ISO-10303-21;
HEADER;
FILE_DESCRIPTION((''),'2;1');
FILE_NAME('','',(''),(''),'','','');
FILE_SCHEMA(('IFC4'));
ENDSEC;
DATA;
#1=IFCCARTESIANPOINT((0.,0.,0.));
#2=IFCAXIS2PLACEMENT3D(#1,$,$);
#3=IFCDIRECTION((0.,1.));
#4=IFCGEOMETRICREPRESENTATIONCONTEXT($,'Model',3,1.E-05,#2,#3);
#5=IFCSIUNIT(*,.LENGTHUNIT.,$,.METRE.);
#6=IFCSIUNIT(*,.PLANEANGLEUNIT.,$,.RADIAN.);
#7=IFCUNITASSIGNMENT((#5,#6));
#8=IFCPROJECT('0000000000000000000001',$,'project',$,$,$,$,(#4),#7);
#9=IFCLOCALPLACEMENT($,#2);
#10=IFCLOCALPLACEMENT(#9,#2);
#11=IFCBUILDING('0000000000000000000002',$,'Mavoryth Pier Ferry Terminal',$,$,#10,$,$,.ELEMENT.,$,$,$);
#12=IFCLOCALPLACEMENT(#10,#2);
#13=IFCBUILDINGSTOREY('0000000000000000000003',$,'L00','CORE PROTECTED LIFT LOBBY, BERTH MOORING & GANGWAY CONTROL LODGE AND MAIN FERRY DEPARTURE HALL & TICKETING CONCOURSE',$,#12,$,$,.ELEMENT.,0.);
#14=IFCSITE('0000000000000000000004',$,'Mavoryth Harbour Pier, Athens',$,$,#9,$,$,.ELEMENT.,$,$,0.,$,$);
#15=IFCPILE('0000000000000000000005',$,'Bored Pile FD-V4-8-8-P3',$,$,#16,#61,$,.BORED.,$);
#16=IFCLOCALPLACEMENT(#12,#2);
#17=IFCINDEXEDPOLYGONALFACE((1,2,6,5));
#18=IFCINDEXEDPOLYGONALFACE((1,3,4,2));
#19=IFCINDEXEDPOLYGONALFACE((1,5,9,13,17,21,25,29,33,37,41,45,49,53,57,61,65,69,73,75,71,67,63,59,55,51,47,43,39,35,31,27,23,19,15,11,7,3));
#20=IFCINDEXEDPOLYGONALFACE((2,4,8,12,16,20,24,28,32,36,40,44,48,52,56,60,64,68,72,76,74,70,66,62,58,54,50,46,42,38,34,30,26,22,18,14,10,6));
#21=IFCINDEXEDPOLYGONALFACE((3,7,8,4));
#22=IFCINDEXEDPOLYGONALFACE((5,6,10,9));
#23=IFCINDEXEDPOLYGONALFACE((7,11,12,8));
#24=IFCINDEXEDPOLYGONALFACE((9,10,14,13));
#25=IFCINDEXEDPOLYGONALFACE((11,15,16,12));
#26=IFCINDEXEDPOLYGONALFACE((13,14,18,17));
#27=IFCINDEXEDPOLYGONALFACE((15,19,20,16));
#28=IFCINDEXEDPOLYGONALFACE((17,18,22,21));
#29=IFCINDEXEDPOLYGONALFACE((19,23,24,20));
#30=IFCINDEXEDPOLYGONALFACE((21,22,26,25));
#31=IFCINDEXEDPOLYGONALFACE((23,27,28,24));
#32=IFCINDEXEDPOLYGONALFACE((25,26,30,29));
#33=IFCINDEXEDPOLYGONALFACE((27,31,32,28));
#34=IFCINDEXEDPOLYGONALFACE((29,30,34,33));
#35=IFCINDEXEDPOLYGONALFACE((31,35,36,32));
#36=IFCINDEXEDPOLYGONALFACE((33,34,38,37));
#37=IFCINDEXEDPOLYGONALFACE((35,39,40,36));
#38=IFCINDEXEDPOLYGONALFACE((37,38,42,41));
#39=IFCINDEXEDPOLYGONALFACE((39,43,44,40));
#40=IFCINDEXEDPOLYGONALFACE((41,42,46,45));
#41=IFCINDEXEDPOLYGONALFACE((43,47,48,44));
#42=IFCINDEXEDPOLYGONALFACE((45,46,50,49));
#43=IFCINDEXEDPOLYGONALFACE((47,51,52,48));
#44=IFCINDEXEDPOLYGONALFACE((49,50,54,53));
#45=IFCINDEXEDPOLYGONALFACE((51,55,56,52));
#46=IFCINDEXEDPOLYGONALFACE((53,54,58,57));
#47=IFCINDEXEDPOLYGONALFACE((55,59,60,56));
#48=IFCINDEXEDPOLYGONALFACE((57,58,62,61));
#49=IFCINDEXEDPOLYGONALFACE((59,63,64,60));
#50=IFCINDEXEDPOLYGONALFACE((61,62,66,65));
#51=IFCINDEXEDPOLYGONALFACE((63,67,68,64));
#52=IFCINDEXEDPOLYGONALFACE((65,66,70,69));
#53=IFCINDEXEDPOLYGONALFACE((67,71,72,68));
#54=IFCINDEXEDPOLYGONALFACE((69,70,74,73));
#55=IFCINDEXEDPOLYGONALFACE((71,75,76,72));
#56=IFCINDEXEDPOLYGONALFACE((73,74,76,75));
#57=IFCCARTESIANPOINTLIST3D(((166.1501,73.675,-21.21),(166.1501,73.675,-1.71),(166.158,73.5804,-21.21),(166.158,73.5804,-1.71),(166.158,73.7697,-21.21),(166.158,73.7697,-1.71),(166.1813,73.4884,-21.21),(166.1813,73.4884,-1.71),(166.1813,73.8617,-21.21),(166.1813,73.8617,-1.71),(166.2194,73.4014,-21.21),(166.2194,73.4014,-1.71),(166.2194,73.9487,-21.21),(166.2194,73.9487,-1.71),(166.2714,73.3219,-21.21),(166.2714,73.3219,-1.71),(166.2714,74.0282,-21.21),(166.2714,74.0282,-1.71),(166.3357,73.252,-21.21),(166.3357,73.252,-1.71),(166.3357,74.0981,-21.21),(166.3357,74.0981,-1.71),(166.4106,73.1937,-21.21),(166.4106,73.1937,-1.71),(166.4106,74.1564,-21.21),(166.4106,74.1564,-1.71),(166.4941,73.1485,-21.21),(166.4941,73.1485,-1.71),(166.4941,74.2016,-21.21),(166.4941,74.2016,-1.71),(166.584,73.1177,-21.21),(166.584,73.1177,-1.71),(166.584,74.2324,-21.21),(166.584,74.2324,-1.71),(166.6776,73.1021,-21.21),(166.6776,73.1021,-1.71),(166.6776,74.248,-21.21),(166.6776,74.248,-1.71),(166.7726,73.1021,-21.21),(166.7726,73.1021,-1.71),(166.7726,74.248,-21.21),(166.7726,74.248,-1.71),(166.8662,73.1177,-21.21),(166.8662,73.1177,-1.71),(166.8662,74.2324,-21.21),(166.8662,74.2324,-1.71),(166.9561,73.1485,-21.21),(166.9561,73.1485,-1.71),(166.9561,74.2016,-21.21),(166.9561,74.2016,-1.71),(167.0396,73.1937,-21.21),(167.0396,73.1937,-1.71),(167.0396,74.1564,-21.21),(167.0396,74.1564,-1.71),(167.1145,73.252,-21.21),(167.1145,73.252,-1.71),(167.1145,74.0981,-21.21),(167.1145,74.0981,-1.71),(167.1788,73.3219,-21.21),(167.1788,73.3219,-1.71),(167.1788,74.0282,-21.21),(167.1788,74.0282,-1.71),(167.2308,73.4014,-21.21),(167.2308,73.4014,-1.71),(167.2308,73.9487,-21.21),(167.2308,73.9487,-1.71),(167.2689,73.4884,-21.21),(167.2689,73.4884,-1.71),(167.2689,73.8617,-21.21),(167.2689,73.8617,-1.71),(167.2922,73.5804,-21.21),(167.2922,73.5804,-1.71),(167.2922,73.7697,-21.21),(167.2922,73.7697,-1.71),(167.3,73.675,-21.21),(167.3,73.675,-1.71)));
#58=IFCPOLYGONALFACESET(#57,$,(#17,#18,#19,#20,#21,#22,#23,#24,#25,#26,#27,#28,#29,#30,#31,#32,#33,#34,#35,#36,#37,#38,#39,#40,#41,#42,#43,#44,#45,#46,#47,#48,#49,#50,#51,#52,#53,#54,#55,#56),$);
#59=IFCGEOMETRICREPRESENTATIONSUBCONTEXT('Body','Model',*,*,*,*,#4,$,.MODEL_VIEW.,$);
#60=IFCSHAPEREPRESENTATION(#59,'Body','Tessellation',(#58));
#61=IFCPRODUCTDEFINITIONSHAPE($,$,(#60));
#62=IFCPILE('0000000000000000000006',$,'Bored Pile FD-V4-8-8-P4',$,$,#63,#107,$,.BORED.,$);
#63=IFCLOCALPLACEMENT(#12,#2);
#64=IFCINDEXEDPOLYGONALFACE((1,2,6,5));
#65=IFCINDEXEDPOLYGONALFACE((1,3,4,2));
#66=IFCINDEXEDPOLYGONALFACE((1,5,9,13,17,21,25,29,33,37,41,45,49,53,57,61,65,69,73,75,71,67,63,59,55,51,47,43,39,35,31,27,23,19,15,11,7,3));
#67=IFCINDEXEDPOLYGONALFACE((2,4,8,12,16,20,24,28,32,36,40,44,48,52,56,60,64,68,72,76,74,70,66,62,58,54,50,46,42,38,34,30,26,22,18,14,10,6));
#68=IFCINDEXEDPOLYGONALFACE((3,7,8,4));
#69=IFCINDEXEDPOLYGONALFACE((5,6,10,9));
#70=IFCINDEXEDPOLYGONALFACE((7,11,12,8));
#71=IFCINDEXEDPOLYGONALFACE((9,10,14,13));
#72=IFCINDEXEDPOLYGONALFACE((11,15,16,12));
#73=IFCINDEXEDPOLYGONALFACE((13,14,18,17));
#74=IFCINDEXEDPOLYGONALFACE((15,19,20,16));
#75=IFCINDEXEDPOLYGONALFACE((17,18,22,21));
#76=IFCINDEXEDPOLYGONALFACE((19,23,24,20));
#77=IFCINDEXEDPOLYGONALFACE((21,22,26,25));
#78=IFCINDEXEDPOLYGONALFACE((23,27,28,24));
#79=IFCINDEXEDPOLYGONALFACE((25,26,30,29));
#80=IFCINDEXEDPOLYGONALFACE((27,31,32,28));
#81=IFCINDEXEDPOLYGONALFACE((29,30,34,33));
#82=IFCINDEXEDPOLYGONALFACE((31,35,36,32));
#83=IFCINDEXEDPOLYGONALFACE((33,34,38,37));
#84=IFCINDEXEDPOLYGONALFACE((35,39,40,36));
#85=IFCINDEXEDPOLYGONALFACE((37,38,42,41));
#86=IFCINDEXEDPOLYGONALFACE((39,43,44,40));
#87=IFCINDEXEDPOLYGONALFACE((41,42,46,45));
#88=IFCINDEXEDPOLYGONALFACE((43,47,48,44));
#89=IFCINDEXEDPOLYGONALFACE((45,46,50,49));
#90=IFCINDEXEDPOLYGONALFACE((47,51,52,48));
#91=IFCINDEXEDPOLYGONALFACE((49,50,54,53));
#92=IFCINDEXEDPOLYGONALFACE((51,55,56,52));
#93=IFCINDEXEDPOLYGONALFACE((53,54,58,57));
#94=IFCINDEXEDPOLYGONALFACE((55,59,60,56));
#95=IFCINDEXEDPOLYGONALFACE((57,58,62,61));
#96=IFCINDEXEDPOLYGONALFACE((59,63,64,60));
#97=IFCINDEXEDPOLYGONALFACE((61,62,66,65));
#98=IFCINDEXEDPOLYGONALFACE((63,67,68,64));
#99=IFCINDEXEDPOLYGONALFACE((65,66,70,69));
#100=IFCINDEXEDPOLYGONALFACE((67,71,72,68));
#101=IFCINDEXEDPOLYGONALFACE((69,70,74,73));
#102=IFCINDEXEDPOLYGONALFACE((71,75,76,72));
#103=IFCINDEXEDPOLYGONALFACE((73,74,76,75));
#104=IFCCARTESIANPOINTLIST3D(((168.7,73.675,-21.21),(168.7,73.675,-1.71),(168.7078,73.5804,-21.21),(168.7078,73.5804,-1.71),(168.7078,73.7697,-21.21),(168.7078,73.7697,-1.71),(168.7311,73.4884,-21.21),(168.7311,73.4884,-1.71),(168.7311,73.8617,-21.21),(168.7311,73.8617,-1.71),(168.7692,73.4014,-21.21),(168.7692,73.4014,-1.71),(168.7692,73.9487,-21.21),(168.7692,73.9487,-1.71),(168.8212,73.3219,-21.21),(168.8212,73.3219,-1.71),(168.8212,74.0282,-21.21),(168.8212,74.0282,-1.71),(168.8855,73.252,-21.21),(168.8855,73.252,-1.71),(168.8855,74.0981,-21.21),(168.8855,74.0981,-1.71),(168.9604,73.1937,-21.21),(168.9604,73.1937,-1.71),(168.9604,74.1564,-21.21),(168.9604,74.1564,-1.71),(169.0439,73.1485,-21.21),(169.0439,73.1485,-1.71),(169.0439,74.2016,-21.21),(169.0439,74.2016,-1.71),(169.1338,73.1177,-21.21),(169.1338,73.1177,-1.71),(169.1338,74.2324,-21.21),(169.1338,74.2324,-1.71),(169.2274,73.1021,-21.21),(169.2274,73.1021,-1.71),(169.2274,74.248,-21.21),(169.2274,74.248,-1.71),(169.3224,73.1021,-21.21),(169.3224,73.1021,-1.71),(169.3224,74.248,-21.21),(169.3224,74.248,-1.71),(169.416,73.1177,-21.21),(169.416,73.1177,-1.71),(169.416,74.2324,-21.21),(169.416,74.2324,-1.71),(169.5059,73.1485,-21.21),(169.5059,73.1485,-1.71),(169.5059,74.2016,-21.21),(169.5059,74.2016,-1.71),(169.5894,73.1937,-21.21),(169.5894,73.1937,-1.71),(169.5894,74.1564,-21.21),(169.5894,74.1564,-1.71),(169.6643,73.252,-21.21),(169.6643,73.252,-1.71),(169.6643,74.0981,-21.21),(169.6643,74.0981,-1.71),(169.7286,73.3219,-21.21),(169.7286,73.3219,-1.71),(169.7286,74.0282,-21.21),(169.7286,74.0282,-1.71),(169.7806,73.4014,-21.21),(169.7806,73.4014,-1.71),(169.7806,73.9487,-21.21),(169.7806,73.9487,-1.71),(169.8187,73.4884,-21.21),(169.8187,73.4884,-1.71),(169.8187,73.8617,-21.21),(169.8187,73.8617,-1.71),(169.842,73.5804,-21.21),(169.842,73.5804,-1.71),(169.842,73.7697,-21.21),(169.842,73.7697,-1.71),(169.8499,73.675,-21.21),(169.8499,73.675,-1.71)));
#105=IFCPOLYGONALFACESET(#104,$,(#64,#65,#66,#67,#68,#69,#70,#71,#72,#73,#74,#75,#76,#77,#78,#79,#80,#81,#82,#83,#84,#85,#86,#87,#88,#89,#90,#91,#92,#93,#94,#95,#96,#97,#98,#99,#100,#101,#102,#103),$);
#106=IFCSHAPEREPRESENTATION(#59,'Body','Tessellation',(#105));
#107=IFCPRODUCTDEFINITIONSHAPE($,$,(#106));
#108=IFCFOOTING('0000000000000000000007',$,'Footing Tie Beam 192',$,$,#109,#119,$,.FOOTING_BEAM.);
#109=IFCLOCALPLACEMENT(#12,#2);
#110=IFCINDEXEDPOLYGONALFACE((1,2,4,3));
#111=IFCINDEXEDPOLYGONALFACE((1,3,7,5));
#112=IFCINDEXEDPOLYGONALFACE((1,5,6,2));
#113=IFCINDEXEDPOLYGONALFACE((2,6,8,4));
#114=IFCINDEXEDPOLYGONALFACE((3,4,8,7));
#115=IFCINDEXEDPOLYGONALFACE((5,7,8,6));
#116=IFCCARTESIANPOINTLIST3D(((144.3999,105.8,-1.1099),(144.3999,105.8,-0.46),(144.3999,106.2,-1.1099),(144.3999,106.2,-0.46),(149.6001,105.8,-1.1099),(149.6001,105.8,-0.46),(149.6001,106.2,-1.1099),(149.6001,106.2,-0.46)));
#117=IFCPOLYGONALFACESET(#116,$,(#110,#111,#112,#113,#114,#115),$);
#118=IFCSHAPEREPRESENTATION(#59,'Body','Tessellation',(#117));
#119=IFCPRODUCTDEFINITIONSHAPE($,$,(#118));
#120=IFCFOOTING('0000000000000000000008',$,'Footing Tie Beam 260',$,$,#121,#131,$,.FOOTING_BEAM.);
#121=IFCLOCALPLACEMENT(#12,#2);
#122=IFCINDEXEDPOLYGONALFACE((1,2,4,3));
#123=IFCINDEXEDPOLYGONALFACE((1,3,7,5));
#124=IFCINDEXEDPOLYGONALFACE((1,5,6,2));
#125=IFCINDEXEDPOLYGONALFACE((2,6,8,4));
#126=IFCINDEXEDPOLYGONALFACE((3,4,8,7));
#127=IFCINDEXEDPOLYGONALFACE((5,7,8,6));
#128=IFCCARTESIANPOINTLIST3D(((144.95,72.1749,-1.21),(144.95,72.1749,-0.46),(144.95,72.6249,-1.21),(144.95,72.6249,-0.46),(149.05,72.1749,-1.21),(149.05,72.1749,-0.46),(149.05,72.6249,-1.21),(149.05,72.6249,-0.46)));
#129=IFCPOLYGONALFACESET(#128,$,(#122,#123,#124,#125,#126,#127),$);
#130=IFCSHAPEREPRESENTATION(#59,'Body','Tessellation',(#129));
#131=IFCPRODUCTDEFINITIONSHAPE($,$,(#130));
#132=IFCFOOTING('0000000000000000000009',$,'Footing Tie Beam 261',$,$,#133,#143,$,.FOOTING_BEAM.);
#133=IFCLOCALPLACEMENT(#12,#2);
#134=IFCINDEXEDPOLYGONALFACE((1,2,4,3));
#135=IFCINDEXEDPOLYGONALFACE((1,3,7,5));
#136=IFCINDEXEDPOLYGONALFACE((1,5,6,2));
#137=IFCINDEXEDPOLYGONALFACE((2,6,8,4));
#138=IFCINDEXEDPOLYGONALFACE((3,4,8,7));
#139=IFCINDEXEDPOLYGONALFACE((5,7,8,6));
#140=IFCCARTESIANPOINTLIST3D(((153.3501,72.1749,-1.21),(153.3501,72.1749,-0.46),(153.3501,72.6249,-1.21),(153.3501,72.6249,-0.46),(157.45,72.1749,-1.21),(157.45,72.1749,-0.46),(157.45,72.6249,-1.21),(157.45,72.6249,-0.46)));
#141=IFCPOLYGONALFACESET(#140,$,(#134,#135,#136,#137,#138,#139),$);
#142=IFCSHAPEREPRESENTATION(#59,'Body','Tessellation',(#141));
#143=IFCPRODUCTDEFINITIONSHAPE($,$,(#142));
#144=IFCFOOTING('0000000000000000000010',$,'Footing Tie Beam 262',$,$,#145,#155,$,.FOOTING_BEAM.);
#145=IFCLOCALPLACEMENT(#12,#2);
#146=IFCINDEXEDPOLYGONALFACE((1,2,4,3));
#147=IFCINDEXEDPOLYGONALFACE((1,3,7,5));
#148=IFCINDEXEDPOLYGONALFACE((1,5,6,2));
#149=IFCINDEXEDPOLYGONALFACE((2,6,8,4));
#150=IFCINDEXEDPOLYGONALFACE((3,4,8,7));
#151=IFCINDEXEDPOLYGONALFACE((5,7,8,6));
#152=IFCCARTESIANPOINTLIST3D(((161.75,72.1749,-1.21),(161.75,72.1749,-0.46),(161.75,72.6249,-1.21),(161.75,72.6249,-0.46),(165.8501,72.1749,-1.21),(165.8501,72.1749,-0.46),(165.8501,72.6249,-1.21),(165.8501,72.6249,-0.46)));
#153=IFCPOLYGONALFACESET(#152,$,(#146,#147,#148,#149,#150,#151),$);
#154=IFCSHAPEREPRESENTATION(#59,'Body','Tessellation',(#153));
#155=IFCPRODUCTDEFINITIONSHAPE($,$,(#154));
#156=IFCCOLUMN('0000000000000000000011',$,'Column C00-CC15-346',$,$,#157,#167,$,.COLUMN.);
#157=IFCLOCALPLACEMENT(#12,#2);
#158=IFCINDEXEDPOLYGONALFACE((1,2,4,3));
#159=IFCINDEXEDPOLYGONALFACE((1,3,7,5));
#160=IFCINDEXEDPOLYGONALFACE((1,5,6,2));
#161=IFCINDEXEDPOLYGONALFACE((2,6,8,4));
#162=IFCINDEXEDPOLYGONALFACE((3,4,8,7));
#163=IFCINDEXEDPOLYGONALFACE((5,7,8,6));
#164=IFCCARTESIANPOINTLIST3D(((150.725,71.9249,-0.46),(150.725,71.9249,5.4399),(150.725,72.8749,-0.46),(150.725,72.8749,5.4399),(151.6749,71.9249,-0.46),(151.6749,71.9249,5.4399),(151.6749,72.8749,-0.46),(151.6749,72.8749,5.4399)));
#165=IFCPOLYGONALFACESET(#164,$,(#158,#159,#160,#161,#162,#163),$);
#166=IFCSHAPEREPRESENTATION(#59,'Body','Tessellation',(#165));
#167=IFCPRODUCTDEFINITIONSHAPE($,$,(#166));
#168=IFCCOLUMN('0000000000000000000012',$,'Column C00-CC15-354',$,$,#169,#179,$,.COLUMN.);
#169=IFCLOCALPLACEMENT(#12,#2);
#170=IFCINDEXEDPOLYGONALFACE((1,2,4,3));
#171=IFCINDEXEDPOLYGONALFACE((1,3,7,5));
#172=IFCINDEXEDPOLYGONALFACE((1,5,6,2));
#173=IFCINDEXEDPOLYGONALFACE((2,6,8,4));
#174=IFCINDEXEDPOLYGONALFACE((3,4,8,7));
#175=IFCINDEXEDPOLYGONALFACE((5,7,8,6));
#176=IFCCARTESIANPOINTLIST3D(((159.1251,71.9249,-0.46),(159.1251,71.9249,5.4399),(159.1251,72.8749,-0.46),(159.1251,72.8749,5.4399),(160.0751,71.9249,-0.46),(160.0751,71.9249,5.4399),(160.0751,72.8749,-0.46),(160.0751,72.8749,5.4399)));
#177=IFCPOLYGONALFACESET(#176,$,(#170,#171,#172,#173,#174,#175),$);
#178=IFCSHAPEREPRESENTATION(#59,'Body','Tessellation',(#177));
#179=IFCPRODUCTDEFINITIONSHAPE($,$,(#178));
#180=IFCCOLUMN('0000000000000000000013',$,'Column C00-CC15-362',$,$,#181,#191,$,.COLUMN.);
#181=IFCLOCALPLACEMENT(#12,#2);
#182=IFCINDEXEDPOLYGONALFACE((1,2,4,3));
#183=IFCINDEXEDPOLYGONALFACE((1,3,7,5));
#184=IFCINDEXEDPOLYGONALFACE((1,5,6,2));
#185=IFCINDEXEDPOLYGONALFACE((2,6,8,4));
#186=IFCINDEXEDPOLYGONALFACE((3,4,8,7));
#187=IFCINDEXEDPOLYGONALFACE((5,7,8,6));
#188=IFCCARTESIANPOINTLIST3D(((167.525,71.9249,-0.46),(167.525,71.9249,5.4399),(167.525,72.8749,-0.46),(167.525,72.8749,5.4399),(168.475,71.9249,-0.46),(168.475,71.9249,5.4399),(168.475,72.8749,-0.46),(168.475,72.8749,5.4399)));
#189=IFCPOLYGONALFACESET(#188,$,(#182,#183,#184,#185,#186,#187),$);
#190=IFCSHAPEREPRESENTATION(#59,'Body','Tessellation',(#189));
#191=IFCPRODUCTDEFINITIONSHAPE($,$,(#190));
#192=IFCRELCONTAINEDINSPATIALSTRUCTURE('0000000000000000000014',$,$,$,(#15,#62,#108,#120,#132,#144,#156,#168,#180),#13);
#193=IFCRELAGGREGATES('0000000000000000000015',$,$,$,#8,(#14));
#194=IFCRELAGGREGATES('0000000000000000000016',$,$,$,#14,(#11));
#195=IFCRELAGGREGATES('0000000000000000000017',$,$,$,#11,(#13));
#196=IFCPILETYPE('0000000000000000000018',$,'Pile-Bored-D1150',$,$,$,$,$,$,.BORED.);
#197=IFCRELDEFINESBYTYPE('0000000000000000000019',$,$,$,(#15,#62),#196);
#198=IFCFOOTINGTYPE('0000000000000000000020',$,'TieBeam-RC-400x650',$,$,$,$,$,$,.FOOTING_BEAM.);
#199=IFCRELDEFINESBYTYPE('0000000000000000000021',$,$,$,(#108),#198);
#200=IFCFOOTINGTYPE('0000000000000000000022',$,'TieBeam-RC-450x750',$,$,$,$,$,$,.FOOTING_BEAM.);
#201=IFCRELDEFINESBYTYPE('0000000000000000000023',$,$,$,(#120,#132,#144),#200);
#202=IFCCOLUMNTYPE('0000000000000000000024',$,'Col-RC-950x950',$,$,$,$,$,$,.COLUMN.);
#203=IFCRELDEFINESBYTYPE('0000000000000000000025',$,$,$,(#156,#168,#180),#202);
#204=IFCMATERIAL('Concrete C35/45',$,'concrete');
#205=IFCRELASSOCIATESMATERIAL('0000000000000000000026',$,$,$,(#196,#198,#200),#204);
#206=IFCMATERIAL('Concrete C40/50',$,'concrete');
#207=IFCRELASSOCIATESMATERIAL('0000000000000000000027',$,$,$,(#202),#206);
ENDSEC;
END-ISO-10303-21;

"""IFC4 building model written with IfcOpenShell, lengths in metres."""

from ifc_helpers import new_model, si_unit, direction, frame, origin, origin_2d, place, context, subcontext, project, spatial, rectangle, circle, extrude, material, material_profile, profile_set, type_object, element, save


model = new_model("IFC4")

# Units and contexts
model_context = context("Model", 3, precision=1e-05, world=origin(), true_north=direction((0.0, 1.0)))
body_context = subcontext(model_context, "Body", "Model", "MODEL_VIEW")
ifc_project = project(units=[si_unit("LENGTHUNIT", "METRE"), si_unit("PLANEANGLEUNIT", "RADIAN")], contexts=[model_context])

# Site, building, storey
site_placement = place(None, origin())
site = spatial("IfcSite", under=ifc_project, at=site_placement, Name="Mavoryth Harbour Pier, Athens", CompositionType="ELEMENT", RefElevation=0.0)
building_placement = place(site_placement, origin())
building = spatial("IfcBuilding", under=site, at=building_placement, Name="Mavoryth Pier Ferry Terminal", CompositionType="ELEMENT")
storey_placement = place(building_placement, origin())
storey = spatial("IfcBuildingStorey", under=building, at=storey_placement, Name="L00", Description="CORE PROTECTED LIFT LOBBY, BERTH MOORING & GANGWAY CONTROL LODGE AND MAIN FERRY DEPARTURE HALL & TICKETING CONCOURSE", CompositionType="ELEMENT", Elevation=0.0)

# Shared definitions
ifc_material_1 = material(Name="Concrete C35/45", Category="concrete")

# Piles
ifc_material_profile_1 = material_profile(ifc_material_1, circle(Radius=0.575, at=origin_2d()), Name="PILE D1150", Category="concrete")
ifc_profile_set_1 = profile_set([ifc_material_profile_1], Name="Concrete C35/45 - PILE D1150")
pile_type = type_object("IfcPileType", Name="Pile-Bored-D1150", PredefinedType="BORED", material=ifc_profile_set_1)
for number, where, z_axis, x_axis, name in (
    (1, (166.7251, 73.675, -1.71), (0.0, 0.0, -1.0), (1.0, 0.0, 0.0), "Bored Pile FD-V4-8-8-P3"),
    (2, (169.2749, 73.675, -1.71), (0.0, 0.0, -1.0), (1.0, 0.0, 0.0), "Bored Pile FD-V4-8-8-P4"),
):
    element("IfcPile", number, at=place(storey_placement, frame(where, z_axis=z_axis, x_axis=x_axis)), inside=storey, type_object=pile_type, Name=name, PredefinedType="BORED", context=body_context, shape_type="SweptSolid", body=[
        extrude(circle(Radius=0.575, at=origin_2d()), origin(), (0.0, 0.0, 1.0), 19.5),
    ])

# Footings
ifc_material_profile_2 = material_profile(ifc_material_1, rectangle(XDim=0.3999, YDim=0.6499, at=origin_2d()), Name="RC 400x650", Category="concrete")
ifc_profile_set_2 = profile_set([ifc_material_profile_2], Name="Concrete C35/45 - RC 400x650")
footing_type_1 = type_object("IfcFootingType", Name="TieBeam-RC-400x650", PredefinedType="FOOTING_BEAM", material=ifc_profile_set_2)
footing_1_placement = place(storey_placement, frame((144.3999, 106.0, -0.7849), z_axis=(1.0, 0.0, 0.0), x_axis=(0.0, 1.0, 0.0)))
element("IfcFooting", 3, at=footing_1_placement, inside=storey, type_object=footing_type_1, Name="Footing Tie Beam 192", PredefinedType="FOOTING_BEAM", context=body_context, shape_type="SweptSolid", body=[
    extrude(rectangle(XDim=0.3999, YDim=0.6499, at=origin_2d()), origin(), (0.0, 0.0, 1.0), 5.2002),
])
ifc_material_profile_3 = material_profile(ifc_material_1, rectangle(XDim=0.45, YDim=0.75, at=origin_2d()), Name="RC 450x750", Category="concrete")
ifc_profile_set_3 = profile_set([ifc_material_profile_3], Name="Concrete C35/45 - RC 450x750")
footing_type_2 = type_object("IfcFootingType", Name="TieBeam-RC-450x750", PredefinedType="FOOTING_BEAM", material=ifc_profile_set_3)
footing_2_placement = place(storey_placement, frame((144.95, 72.3999, -0.835), z_axis=(1.0, 0.0, 0.0), x_axis=(0.0, 1.0, 0.0)))
element("IfcFooting", 4, at=footing_2_placement, inside=storey, type_object=footing_type_2, Name="Footing Tie Beam 260", PredefinedType="FOOTING_BEAM", context=body_context, shape_type="SweptSolid", body=[
    extrude(rectangle(XDim=0.45, YDim=0.75, at=origin_2d()), origin(), (0.0, 0.0, 1.0), 4.1001),
])
footing_3_placement = place(storey_placement, frame((153.3501, 72.3999, -0.835), z_axis=(1.0, 0.0, 0.0), x_axis=(0.0, 1.0, 0.0)))
element("IfcFooting", 5, at=footing_3_placement, inside=storey, type_object=footing_type_2, Name="Footing Tie Beam 261", PredefinedType="FOOTING_BEAM", context=body_context, shape_type="SweptSolid", body=[
    extrude(rectangle(XDim=0.45, YDim=0.75, at=origin_2d()), origin(), (0.0, 0.0, 1.0), 4.0999),
])
footing_4_placement = place(storey_placement, frame((161.75, 72.3999, -0.835), z_axis=(1.0, 0.0, 0.0), x_axis=(0.0, 1.0, 0.0)))
element("IfcFooting", 6, at=footing_4_placement, inside=storey, type_object=footing_type_2, Name="Footing Tie Beam 262", PredefinedType="FOOTING_BEAM", context=body_context, shape_type="SweptSolid", body=[
    extrude(rectangle(XDim=0.45, YDim=0.75, at=origin_2d()), origin(), (0.0, 0.0, 1.0), 4.1001),
])

# Columns
ifc_material_2 = material(Name="Concrete C40/50", Category="concrete")
ifc_material_profile_4 = material_profile(ifc_material_2, rectangle(XDim=0.95, YDim=0.95, at=origin_2d()), Name="RC 950x950", Category="concrete")
ifc_profile_set_4 = profile_set([ifc_material_profile_4], Name="Concrete C40/50 - RC 950x950")
column_type = type_object("IfcColumnType", Name="Col-RC-950x950", PredefinedType="COLUMN", material=ifc_profile_set_4)
for number, where, z_axis, x_axis, name in (
    (7, (151.2, 72.3999, -0.46), (0.0, 0.0, 1.0), (1.0, 0.0, 0.0), "Column C00-CC15-346"),
    (8, (159.6001, 72.3999, -0.46), (0.0, 0.0, 1.0), (1.0, 0.0, 0.0), "Column C00-CC15-354"),
    (9, (168.0, 72.3999, -0.46), (0.0, 0.0, 1.0), (1.0, 0.0, 0.0), "Column C00-CC15-362"),
):
    element("IfcColumn", number, at=place(storey_placement, frame(where, z_axis=z_axis, x_axis=x_axis)), inside=storey, type_object=column_type, Name=name, PredefinedType="COLUMN", context=body_context, shape_type="SweptSolid", body=[
        extrude(rectangle(XDim=0.95, YDim=0.95, at=origin_2d()), origin(), (0.0, 0.0, 1.0), 5.8999),
    ])

save(model, "model.ifc")
